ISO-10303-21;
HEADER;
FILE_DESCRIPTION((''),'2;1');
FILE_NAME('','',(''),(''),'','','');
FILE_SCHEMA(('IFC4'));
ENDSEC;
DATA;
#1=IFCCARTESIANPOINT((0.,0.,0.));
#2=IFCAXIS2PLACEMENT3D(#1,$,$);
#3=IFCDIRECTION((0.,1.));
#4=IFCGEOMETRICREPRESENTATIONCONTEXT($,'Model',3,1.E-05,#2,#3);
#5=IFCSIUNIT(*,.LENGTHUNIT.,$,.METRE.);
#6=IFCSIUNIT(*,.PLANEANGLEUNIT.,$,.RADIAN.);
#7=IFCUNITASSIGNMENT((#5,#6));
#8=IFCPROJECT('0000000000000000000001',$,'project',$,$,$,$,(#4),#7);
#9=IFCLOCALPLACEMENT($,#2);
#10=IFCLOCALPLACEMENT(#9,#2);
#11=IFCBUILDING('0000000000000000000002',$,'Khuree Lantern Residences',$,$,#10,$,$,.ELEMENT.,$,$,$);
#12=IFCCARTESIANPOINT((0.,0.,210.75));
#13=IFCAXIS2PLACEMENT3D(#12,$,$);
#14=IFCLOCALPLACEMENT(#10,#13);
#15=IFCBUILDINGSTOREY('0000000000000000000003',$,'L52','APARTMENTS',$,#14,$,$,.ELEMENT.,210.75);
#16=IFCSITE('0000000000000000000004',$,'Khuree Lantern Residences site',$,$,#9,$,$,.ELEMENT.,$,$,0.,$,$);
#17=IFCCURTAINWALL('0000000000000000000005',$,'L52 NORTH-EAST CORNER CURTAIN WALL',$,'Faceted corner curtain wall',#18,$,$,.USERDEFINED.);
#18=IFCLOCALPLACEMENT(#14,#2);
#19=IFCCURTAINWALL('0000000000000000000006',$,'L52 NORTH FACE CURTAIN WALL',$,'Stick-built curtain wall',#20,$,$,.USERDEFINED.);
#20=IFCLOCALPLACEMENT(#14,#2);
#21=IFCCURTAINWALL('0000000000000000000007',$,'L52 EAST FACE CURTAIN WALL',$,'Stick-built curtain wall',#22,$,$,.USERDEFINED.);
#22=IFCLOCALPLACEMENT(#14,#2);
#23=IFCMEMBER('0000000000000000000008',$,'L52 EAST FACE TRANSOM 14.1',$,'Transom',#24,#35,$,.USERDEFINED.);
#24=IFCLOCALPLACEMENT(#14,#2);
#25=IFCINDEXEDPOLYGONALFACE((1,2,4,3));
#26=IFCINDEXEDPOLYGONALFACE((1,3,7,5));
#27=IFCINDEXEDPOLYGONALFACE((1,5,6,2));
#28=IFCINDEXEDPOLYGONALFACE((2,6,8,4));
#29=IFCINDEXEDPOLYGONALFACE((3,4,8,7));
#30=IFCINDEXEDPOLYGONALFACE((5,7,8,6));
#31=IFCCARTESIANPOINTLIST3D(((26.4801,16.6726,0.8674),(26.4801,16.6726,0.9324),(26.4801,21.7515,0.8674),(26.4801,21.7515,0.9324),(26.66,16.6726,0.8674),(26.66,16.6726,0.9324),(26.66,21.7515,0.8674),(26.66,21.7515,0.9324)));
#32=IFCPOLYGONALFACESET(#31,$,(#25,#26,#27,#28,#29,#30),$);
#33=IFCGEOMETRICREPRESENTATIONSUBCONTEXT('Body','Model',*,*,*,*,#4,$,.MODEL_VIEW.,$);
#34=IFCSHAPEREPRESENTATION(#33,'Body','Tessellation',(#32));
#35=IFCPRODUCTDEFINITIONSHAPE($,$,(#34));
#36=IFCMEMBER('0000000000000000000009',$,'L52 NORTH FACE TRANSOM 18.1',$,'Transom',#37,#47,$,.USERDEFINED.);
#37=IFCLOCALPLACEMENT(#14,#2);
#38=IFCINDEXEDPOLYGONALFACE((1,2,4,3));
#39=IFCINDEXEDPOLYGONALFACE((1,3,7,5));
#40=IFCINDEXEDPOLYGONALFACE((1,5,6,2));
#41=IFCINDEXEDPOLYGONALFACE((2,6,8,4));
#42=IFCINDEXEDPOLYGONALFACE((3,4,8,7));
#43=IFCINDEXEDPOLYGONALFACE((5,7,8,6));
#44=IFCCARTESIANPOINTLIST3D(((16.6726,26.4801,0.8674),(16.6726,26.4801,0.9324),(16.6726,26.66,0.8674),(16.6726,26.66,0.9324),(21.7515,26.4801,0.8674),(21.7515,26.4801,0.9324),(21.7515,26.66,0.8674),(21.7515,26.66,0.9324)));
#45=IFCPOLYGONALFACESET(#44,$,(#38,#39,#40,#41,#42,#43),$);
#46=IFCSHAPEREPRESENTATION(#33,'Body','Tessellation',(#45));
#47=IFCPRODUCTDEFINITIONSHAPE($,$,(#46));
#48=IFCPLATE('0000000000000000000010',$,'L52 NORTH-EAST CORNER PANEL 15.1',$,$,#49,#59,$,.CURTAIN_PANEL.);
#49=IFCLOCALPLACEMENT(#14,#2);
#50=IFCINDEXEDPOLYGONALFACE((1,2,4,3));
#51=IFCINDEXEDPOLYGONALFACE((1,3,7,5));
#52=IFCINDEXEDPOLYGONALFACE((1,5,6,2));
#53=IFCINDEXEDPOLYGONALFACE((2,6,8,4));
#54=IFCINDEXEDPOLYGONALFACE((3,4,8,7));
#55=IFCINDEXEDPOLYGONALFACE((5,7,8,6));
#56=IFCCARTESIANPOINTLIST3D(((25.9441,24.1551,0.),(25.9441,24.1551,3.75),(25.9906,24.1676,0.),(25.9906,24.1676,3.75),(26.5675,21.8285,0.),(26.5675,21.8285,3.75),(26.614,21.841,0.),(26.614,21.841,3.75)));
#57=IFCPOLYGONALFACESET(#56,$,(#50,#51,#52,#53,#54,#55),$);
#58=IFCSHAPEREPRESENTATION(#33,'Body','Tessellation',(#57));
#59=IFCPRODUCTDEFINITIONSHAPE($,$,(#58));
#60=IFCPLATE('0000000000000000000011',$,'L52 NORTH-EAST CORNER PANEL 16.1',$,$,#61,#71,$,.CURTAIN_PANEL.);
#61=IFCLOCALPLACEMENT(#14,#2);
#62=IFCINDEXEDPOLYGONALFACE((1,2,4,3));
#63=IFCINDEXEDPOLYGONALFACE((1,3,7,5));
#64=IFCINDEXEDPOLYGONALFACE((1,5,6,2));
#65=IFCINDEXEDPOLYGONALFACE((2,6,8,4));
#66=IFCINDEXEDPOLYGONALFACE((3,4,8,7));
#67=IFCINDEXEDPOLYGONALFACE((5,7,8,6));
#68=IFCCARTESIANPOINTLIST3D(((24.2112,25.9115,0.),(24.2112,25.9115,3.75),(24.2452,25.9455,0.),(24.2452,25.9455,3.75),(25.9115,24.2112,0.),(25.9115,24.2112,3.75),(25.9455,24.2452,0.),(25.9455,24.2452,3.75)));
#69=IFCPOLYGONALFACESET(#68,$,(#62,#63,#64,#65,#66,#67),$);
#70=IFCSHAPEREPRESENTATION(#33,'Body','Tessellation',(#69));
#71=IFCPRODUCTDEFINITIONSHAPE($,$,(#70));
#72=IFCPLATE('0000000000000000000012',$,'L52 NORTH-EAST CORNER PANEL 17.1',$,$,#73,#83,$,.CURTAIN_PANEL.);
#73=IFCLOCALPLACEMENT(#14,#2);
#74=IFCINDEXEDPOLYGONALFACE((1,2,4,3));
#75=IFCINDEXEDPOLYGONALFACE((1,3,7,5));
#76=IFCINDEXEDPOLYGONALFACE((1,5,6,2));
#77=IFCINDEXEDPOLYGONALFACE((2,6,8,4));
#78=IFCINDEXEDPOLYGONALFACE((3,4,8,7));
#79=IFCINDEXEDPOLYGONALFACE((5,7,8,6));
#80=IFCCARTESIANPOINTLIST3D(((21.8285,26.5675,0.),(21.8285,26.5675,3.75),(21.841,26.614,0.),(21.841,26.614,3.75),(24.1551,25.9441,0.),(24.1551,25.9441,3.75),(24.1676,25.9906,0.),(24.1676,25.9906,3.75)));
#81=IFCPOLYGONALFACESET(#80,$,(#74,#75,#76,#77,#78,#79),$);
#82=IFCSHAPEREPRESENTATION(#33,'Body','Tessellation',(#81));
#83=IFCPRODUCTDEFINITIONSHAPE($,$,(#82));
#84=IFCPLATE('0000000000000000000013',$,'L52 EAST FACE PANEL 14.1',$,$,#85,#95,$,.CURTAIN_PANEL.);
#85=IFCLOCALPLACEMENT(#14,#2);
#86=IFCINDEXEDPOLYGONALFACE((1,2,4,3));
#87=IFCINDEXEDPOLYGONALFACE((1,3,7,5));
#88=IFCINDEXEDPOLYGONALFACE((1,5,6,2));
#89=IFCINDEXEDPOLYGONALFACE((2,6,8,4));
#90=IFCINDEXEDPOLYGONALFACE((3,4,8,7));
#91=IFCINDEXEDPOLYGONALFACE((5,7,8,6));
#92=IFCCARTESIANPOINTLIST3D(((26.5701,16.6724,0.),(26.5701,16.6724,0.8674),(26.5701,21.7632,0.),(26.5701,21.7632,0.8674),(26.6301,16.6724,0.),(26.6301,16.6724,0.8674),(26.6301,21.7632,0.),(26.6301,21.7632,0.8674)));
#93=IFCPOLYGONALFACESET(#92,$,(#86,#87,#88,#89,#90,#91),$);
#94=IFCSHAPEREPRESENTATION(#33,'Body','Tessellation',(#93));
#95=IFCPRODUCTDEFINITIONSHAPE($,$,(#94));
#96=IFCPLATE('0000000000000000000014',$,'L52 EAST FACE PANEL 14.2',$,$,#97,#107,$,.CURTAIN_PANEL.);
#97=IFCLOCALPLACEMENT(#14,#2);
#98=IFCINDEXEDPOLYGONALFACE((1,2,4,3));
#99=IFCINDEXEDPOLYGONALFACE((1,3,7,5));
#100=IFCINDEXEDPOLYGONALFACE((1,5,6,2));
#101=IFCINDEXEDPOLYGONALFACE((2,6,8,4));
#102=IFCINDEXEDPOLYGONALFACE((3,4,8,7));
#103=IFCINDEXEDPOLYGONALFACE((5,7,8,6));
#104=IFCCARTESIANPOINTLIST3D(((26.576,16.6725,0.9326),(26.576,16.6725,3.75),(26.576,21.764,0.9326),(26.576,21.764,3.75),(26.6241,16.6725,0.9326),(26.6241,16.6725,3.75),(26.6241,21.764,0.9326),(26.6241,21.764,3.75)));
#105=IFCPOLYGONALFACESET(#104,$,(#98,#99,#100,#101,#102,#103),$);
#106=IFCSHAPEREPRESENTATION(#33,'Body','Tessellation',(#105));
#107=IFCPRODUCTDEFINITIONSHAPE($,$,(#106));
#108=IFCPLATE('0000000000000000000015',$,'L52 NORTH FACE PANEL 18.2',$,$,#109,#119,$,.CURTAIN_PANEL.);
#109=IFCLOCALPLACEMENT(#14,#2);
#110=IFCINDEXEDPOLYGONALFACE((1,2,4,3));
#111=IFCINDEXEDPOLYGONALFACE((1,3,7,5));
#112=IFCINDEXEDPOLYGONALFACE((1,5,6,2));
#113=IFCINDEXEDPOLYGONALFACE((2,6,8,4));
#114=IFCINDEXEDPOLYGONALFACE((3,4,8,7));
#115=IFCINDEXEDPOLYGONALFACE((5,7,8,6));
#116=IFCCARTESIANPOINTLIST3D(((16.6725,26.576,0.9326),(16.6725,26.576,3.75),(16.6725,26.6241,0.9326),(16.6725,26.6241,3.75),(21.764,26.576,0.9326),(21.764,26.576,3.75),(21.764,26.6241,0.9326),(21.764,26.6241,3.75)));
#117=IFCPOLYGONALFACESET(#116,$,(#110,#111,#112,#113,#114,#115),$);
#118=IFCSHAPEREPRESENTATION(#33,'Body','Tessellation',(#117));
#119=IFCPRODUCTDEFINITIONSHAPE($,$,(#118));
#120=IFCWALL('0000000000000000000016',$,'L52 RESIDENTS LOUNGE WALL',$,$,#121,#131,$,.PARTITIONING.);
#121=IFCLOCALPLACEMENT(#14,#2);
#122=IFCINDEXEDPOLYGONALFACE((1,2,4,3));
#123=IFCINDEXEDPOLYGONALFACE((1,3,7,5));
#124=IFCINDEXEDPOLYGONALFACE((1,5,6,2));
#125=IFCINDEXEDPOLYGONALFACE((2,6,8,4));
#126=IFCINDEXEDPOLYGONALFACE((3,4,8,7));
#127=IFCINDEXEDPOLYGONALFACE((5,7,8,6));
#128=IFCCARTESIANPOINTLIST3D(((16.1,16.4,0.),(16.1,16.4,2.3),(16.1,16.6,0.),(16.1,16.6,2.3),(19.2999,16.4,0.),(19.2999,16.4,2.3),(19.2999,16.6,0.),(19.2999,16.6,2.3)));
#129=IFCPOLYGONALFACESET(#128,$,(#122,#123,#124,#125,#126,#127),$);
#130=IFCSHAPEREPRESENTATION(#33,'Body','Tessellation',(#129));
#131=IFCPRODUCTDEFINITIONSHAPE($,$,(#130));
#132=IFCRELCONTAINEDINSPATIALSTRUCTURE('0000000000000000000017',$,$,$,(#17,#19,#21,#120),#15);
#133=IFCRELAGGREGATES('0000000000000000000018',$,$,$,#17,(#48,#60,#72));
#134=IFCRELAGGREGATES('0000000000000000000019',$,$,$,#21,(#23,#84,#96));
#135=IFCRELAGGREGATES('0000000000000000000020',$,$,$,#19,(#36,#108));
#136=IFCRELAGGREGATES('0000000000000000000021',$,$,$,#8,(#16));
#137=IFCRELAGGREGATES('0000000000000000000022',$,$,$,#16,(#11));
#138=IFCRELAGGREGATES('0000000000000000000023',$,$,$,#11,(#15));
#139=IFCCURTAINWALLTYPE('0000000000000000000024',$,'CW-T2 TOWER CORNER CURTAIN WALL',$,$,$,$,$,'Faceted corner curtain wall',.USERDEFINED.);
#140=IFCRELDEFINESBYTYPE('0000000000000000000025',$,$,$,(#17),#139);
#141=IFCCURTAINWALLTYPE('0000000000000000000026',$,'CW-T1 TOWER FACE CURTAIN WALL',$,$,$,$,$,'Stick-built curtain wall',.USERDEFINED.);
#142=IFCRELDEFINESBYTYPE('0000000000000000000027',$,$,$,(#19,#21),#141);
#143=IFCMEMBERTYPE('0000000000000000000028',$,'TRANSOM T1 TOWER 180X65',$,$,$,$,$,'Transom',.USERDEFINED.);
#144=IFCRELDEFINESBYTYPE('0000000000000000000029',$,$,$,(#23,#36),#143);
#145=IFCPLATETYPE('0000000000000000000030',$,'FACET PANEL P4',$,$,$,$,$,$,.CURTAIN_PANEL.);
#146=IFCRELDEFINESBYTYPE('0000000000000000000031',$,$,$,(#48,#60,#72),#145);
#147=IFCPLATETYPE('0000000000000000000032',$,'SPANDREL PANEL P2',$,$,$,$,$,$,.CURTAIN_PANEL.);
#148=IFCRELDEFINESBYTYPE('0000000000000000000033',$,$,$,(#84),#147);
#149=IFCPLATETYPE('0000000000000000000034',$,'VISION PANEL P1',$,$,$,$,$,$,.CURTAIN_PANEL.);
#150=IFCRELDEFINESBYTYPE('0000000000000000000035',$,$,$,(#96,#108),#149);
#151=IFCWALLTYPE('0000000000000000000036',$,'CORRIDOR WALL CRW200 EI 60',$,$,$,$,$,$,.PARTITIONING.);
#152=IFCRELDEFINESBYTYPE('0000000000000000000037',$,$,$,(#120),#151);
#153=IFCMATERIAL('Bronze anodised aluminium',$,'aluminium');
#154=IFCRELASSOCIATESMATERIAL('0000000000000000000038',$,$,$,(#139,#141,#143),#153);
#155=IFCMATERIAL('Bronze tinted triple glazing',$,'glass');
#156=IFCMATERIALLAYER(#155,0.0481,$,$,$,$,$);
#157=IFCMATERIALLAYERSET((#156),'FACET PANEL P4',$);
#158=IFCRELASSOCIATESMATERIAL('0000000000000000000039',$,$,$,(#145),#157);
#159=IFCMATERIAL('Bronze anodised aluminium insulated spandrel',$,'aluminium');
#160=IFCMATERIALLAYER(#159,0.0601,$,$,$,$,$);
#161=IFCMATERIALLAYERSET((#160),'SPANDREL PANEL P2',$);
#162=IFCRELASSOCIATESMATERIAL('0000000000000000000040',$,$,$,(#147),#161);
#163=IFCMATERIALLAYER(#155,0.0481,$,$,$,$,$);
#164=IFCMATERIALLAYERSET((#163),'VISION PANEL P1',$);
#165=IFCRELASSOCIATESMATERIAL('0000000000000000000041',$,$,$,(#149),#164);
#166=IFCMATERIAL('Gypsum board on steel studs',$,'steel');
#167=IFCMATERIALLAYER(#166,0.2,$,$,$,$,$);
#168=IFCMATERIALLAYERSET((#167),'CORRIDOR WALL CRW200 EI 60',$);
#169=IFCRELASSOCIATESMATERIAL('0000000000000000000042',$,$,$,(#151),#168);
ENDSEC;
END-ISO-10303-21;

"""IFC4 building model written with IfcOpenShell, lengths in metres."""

from ifc_helpers import new_model, si_unit, direction, frame, frame_2d, origin, origin_2d, place, context, subcontext, project, spatial, rectangle, extrude, material, layer, layer_set, material_profile, profile_set, type_object, element, aggregate, save


model = new_model("IFC4")

# Units and contexts
model_context = context("Model", 3, precision=1e-05, world=origin(), true_north=direction((0.0, 1.0)))
body_context = subcontext(model_context, "Body", "Model", "MODEL_VIEW")
ifc_project = project(units=[si_unit("LENGTHUNIT", "METRE"), si_unit("PLANEANGLEUNIT", "RADIAN")], contexts=[model_context])

# Site, building, storey
site_placement = place(None, origin())
site = spatial("IfcSite", under=ifc_project, at=site_placement, Name="Khuree Lantern Residences site", CompositionType="ELEMENT", RefElevation=0.0)
building_placement = place(site_placement, origin())
building = spatial("IfcBuilding", under=site, at=building_placement, Name="Khuree Lantern Residences", CompositionType="ELEMENT")
storey_placement = place(building_placement, frame((0.0, 0.0, 210.75)))
storey = spatial("IfcBuildingStorey", under=building, at=storey_placement, Name="L52", Description="APARTMENTS", CompositionType="ELEMENT", Elevation=210.75)

# Curtain walls
ifc_material_1 = material(Name="Bronze anodised aluminium", Category="aluminium")
curtain_wall_type_1 = type_object("IfcCurtainWallType", Name="CW-T2 TOWER CORNER CURTAIN WALL", ElementType="Faceted corner curtain wall", PredefinedType="USERDEFINED", material=ifc_material_1)
curtain_wall_1_placement = place(storey_placement, origin())
curtain_wall_1 = element("IfcCurtainWall", 1, at=curtain_wall_1_placement, inside=storey, type_object=curtain_wall_type_1, Name="L52 NORTH-EAST CORNER CURTAIN WALL", ObjectType="Faceted corner curtain wall", PredefinedType="USERDEFINED")
curtain_wall_type_2 = type_object("IfcCurtainWallType", Name="CW-T1 TOWER FACE CURTAIN WALL", ElementType="Stick-built curtain wall", PredefinedType="USERDEFINED", material=ifc_material_1)
curtain_wall_2_placement = place(storey_placement, origin())
curtain_wall_2 = element("IfcCurtainWall", 2, at=curtain_wall_2_placement, inside=storey, type_object=curtain_wall_type_2, Name="L52 NORTH FACE CURTAIN WALL", ObjectType="Stick-built curtain wall", PredefinedType="USERDEFINED")

# Curtain wall
curtain_wall_3_placement = place(storey_placement, origin())
curtain_wall_3 = element("IfcCurtainWall", 3, at=curtain_wall_3_placement, inside=storey, type_object=curtain_wall_type_2, Name="L52 EAST FACE CURTAIN WALL", ObjectType="Stick-built curtain wall", PredefinedType="USERDEFINED")

# Members
ifc_material_profile_1 = material_profile(ifc_material_1, rectangle(XDim=0.1799, YDim=0.0649, at=origin_2d()), Name="T1 180X65")
ifc_profile_set_1 = profile_set([ifc_material_profile_1], Name="Bronze anodised aluminium")
member_type_1 = type_object("IfcMemberType", Name="TRANSOM T1 TOWER 180X65", ElementType="Transom", PredefinedType="USERDEFINED", material=ifc_profile_set_1)
member_1_placement = place(storey_placement, frame((26.5701, 16.6726, 0.8999), z_axis=(0.0, 1.0, 0.0), x_axis=(-1.0, 0.0, 0.0)))
member_1 = element("IfcMember", 4, at=member_1_placement, type_object=member_type_1, Name="L52 EAST FACE TRANSOM 14.1", ObjectType="Transom", PredefinedType="USERDEFINED", context=body_context, shape_type="SweptSolid", body=[
    extrude(rectangle(XDim=0.1799, YDim=0.0649, at=origin_2d()), origin(), (0.0, 0.0, 1.0), 5.0789),
])
member_2_placement = place(storey_placement, frame((21.7515, 26.5701, 0.8999), z_axis=(-1.0, 0.0, 0.0), x_axis=(0.0, -1.0, 0.0)))
member_2 = element("IfcMember", 5, at=member_2_placement, type_object=member_type_1, Name="L52 NORTH FACE TRANSOM 18.1", ObjectType="Transom", PredefinedType="USERDEFINED", context=body_context, shape_type="SweptSolid", body=[
    extrude(rectangle(XDim=0.1799, YDim=0.0649, at=origin_2d()), origin(), (0.0, 0.0, 1.0), 5.0789),
])

# Plates
ifc_material_2 = material(Name="Bronze tinted triple glazing", Category="glass")
ifc_layer_1 = layer(ifc_material_2, 0.0481)
ifc_layer_set_1 = layer_set([ifc_layer_1], Name="FACET PANEL P4")
plate_type_1 = type_object("IfcPlateType", Name="FACET PANEL P4", PredefinedType="CURTAIN_PANEL", material=ifc_layer_set_1)
plate_1_placement = place(storey_placement, frame((26.2791, 22.998, 0.0), z_axis=(0.0, 0.0, 1.0), x_axis=(-0.258819, 0.965926, 0.0)))
plate_1 = element("IfcPlate", 6, at=plate_1_placement, type_object=plate_type_1, Name="L52 NORTH-EAST CORNER PANEL 15.1", PredefinedType="CURTAIN_PANEL", context=body_context, shape_type="SweptSolid", body=[
    extrude(rectangle(XDim=2.4087, YDim=0.0481, at=origin_2d()), origin(), (0.0, 0.0, 1.0), 3.75),
])
plate_2_placement = place(storey_placement, frame((25.0784, 25.0784, 0.0), z_axis=(0.0, 0.0, 1.0), x_axis=(-0.707107, 0.707107, 0.0)))
plate_2 = element("IfcPlate", 7, at=plate_2_placement, type_object=plate_type_1, Name="L52 NORTH-EAST CORNER PANEL 16.1", PredefinedType="CURTAIN_PANEL", context=body_context, shape_type="SweptSolid", body=[
    extrude(rectangle(XDim=2.4045, YDim=0.0481, at=origin_2d()), origin(), (0.0, 0.0, 1.0), 3.75),
])
plate_3_placement = place(storey_placement, frame((22.998, 26.2791, 0.0), z_axis=(0.0, 0.0, 1.0), x_axis=(-0.965926, 0.258819, 0.0)))
plate_3 = element("IfcPlate", 8, at=plate_3_placement, type_object=plate_type_1, Name="L52 NORTH-EAST CORNER PANEL 17.1", PredefinedType="CURTAIN_PANEL", context=body_context, shape_type="SweptSolid", body=[
    extrude(rectangle(XDim=2.4087, YDim=0.0481, at=origin_2d()), origin(), (0.0, 0.0, 1.0), 3.75),
])
aggregate(curtain_wall_1, [plate_1, plate_2, plate_3])
ifc_material_3 = material(Name="Bronze anodised aluminium insulated spandrel", Category="aluminium")
ifc_layer_2 = layer(ifc_material_3, 0.0601)
ifc_layer_set_2 = layer_set([ifc_layer_2], Name="SPANDREL PANEL P2")
plate_type_2 = type_object("IfcPlateType", Name="SPANDREL PANEL P2", PredefinedType="CURTAIN_PANEL", material=ifc_layer_set_2)
plate_4_placement = place(storey_placement, frame((26.6001, 19.2178, 0.0), z_axis=(0.0, 0.0, 1.0), x_axis=(0.0, 1.0, 0.0)))
plate_4 = element("IfcPlate", 9, at=plate_4_placement, type_object=plate_type_2, Name="L52 EAST FACE PANEL 14.1", PredefinedType="CURTAIN_PANEL", context=body_context, shape_type="SweptSolid", body=[
    extrude(rectangle(XDim=5.0908, YDim=0.0601, at=origin_2d()), origin(), (0.0, 0.0, 1.0), 0.8674),
])
ifc_layer_3 = layer(ifc_material_2, 0.0481)
ifc_layer_set_3 = layer_set([ifc_layer_3], Name="VISION PANEL P1")
plate_type_3 = type_object("IfcPlateType", Name="VISION PANEL P1", PredefinedType="CURTAIN_PANEL", material=ifc_layer_set_3)
plate_5_placement = place(storey_placement, frame((26.6001, 19.2183, 0.9326), z_axis=(0.0, 0.0, 1.0), x_axis=(0.0, 1.0, 0.0)))
plate_5 = element("IfcPlate", 10, at=plate_5_placement, type_object=plate_type_3, Name="L52 EAST FACE PANEL 14.2", PredefinedType="CURTAIN_PANEL", context=body_context, shape_type="SweptSolid", body=[
    extrude(rectangle(XDim=5.0916, YDim=0.0481, at=origin_2d()), origin(), (0.0, 0.0, 1.0), 2.8174),
])
aggregate(curtain_wall_3, [member_1, plate_4, plate_5])
plate_6_placement = place(storey_placement, frame((19.2183, 26.6001, 0.9326), z_axis=(0.0, 0.0, 1.0), x_axis=(-1.0, 0.0, 0.0)))
plate_6 = element("IfcPlate", 11, at=plate_6_placement, type_object=plate_type_3, Name="L52 NORTH FACE PANEL 18.2", PredefinedType="CURTAIN_PANEL", context=body_context, shape_type="SweptSolid", body=[
    extrude(rectangle(XDim=5.0916, YDim=0.0481, at=origin_2d()), origin(), (0.0, 0.0, 1.0), 2.8174),
])
aggregate(curtain_wall_2, [member_2, plate_6])

# Wall
ifc_material_4 = material(Name="Gypsum board on steel studs", Category="steel")
ifc_layer_4 = layer(ifc_material_4, 0.2)
ifc_layer_set_4 = layer_set([ifc_layer_4], Name="CORRIDOR WALL CRW200 EI 60")
wall_type = type_object("IfcWallType", Name="CORRIDOR WALL CRW200 EI 60", PredefinedType="PARTITIONING", material=ifc_layer_set_4)
wall_placement = place(storey_placement, frame((19.3, 16.5, 0.0), z_axis=(0.0, 0.0, 1.0), x_axis=(-1.0, 0.0, 0.0)))
element("IfcWall", 12, at=wall_placement, inside=storey, type_object=wall_type, Name="L52 RESIDENTS LOUNGE WALL", PredefinedType="PARTITIONING", context=body_context, shape_type="SweptSolid", body=[
    extrude(rectangle(XDim=3.2, YDim=0.2, at=frame_2d((1.6001, 0.0))), origin(), (0.0, 0.0, 1.0), 2.3),
])

save(model, "model.ifc")
